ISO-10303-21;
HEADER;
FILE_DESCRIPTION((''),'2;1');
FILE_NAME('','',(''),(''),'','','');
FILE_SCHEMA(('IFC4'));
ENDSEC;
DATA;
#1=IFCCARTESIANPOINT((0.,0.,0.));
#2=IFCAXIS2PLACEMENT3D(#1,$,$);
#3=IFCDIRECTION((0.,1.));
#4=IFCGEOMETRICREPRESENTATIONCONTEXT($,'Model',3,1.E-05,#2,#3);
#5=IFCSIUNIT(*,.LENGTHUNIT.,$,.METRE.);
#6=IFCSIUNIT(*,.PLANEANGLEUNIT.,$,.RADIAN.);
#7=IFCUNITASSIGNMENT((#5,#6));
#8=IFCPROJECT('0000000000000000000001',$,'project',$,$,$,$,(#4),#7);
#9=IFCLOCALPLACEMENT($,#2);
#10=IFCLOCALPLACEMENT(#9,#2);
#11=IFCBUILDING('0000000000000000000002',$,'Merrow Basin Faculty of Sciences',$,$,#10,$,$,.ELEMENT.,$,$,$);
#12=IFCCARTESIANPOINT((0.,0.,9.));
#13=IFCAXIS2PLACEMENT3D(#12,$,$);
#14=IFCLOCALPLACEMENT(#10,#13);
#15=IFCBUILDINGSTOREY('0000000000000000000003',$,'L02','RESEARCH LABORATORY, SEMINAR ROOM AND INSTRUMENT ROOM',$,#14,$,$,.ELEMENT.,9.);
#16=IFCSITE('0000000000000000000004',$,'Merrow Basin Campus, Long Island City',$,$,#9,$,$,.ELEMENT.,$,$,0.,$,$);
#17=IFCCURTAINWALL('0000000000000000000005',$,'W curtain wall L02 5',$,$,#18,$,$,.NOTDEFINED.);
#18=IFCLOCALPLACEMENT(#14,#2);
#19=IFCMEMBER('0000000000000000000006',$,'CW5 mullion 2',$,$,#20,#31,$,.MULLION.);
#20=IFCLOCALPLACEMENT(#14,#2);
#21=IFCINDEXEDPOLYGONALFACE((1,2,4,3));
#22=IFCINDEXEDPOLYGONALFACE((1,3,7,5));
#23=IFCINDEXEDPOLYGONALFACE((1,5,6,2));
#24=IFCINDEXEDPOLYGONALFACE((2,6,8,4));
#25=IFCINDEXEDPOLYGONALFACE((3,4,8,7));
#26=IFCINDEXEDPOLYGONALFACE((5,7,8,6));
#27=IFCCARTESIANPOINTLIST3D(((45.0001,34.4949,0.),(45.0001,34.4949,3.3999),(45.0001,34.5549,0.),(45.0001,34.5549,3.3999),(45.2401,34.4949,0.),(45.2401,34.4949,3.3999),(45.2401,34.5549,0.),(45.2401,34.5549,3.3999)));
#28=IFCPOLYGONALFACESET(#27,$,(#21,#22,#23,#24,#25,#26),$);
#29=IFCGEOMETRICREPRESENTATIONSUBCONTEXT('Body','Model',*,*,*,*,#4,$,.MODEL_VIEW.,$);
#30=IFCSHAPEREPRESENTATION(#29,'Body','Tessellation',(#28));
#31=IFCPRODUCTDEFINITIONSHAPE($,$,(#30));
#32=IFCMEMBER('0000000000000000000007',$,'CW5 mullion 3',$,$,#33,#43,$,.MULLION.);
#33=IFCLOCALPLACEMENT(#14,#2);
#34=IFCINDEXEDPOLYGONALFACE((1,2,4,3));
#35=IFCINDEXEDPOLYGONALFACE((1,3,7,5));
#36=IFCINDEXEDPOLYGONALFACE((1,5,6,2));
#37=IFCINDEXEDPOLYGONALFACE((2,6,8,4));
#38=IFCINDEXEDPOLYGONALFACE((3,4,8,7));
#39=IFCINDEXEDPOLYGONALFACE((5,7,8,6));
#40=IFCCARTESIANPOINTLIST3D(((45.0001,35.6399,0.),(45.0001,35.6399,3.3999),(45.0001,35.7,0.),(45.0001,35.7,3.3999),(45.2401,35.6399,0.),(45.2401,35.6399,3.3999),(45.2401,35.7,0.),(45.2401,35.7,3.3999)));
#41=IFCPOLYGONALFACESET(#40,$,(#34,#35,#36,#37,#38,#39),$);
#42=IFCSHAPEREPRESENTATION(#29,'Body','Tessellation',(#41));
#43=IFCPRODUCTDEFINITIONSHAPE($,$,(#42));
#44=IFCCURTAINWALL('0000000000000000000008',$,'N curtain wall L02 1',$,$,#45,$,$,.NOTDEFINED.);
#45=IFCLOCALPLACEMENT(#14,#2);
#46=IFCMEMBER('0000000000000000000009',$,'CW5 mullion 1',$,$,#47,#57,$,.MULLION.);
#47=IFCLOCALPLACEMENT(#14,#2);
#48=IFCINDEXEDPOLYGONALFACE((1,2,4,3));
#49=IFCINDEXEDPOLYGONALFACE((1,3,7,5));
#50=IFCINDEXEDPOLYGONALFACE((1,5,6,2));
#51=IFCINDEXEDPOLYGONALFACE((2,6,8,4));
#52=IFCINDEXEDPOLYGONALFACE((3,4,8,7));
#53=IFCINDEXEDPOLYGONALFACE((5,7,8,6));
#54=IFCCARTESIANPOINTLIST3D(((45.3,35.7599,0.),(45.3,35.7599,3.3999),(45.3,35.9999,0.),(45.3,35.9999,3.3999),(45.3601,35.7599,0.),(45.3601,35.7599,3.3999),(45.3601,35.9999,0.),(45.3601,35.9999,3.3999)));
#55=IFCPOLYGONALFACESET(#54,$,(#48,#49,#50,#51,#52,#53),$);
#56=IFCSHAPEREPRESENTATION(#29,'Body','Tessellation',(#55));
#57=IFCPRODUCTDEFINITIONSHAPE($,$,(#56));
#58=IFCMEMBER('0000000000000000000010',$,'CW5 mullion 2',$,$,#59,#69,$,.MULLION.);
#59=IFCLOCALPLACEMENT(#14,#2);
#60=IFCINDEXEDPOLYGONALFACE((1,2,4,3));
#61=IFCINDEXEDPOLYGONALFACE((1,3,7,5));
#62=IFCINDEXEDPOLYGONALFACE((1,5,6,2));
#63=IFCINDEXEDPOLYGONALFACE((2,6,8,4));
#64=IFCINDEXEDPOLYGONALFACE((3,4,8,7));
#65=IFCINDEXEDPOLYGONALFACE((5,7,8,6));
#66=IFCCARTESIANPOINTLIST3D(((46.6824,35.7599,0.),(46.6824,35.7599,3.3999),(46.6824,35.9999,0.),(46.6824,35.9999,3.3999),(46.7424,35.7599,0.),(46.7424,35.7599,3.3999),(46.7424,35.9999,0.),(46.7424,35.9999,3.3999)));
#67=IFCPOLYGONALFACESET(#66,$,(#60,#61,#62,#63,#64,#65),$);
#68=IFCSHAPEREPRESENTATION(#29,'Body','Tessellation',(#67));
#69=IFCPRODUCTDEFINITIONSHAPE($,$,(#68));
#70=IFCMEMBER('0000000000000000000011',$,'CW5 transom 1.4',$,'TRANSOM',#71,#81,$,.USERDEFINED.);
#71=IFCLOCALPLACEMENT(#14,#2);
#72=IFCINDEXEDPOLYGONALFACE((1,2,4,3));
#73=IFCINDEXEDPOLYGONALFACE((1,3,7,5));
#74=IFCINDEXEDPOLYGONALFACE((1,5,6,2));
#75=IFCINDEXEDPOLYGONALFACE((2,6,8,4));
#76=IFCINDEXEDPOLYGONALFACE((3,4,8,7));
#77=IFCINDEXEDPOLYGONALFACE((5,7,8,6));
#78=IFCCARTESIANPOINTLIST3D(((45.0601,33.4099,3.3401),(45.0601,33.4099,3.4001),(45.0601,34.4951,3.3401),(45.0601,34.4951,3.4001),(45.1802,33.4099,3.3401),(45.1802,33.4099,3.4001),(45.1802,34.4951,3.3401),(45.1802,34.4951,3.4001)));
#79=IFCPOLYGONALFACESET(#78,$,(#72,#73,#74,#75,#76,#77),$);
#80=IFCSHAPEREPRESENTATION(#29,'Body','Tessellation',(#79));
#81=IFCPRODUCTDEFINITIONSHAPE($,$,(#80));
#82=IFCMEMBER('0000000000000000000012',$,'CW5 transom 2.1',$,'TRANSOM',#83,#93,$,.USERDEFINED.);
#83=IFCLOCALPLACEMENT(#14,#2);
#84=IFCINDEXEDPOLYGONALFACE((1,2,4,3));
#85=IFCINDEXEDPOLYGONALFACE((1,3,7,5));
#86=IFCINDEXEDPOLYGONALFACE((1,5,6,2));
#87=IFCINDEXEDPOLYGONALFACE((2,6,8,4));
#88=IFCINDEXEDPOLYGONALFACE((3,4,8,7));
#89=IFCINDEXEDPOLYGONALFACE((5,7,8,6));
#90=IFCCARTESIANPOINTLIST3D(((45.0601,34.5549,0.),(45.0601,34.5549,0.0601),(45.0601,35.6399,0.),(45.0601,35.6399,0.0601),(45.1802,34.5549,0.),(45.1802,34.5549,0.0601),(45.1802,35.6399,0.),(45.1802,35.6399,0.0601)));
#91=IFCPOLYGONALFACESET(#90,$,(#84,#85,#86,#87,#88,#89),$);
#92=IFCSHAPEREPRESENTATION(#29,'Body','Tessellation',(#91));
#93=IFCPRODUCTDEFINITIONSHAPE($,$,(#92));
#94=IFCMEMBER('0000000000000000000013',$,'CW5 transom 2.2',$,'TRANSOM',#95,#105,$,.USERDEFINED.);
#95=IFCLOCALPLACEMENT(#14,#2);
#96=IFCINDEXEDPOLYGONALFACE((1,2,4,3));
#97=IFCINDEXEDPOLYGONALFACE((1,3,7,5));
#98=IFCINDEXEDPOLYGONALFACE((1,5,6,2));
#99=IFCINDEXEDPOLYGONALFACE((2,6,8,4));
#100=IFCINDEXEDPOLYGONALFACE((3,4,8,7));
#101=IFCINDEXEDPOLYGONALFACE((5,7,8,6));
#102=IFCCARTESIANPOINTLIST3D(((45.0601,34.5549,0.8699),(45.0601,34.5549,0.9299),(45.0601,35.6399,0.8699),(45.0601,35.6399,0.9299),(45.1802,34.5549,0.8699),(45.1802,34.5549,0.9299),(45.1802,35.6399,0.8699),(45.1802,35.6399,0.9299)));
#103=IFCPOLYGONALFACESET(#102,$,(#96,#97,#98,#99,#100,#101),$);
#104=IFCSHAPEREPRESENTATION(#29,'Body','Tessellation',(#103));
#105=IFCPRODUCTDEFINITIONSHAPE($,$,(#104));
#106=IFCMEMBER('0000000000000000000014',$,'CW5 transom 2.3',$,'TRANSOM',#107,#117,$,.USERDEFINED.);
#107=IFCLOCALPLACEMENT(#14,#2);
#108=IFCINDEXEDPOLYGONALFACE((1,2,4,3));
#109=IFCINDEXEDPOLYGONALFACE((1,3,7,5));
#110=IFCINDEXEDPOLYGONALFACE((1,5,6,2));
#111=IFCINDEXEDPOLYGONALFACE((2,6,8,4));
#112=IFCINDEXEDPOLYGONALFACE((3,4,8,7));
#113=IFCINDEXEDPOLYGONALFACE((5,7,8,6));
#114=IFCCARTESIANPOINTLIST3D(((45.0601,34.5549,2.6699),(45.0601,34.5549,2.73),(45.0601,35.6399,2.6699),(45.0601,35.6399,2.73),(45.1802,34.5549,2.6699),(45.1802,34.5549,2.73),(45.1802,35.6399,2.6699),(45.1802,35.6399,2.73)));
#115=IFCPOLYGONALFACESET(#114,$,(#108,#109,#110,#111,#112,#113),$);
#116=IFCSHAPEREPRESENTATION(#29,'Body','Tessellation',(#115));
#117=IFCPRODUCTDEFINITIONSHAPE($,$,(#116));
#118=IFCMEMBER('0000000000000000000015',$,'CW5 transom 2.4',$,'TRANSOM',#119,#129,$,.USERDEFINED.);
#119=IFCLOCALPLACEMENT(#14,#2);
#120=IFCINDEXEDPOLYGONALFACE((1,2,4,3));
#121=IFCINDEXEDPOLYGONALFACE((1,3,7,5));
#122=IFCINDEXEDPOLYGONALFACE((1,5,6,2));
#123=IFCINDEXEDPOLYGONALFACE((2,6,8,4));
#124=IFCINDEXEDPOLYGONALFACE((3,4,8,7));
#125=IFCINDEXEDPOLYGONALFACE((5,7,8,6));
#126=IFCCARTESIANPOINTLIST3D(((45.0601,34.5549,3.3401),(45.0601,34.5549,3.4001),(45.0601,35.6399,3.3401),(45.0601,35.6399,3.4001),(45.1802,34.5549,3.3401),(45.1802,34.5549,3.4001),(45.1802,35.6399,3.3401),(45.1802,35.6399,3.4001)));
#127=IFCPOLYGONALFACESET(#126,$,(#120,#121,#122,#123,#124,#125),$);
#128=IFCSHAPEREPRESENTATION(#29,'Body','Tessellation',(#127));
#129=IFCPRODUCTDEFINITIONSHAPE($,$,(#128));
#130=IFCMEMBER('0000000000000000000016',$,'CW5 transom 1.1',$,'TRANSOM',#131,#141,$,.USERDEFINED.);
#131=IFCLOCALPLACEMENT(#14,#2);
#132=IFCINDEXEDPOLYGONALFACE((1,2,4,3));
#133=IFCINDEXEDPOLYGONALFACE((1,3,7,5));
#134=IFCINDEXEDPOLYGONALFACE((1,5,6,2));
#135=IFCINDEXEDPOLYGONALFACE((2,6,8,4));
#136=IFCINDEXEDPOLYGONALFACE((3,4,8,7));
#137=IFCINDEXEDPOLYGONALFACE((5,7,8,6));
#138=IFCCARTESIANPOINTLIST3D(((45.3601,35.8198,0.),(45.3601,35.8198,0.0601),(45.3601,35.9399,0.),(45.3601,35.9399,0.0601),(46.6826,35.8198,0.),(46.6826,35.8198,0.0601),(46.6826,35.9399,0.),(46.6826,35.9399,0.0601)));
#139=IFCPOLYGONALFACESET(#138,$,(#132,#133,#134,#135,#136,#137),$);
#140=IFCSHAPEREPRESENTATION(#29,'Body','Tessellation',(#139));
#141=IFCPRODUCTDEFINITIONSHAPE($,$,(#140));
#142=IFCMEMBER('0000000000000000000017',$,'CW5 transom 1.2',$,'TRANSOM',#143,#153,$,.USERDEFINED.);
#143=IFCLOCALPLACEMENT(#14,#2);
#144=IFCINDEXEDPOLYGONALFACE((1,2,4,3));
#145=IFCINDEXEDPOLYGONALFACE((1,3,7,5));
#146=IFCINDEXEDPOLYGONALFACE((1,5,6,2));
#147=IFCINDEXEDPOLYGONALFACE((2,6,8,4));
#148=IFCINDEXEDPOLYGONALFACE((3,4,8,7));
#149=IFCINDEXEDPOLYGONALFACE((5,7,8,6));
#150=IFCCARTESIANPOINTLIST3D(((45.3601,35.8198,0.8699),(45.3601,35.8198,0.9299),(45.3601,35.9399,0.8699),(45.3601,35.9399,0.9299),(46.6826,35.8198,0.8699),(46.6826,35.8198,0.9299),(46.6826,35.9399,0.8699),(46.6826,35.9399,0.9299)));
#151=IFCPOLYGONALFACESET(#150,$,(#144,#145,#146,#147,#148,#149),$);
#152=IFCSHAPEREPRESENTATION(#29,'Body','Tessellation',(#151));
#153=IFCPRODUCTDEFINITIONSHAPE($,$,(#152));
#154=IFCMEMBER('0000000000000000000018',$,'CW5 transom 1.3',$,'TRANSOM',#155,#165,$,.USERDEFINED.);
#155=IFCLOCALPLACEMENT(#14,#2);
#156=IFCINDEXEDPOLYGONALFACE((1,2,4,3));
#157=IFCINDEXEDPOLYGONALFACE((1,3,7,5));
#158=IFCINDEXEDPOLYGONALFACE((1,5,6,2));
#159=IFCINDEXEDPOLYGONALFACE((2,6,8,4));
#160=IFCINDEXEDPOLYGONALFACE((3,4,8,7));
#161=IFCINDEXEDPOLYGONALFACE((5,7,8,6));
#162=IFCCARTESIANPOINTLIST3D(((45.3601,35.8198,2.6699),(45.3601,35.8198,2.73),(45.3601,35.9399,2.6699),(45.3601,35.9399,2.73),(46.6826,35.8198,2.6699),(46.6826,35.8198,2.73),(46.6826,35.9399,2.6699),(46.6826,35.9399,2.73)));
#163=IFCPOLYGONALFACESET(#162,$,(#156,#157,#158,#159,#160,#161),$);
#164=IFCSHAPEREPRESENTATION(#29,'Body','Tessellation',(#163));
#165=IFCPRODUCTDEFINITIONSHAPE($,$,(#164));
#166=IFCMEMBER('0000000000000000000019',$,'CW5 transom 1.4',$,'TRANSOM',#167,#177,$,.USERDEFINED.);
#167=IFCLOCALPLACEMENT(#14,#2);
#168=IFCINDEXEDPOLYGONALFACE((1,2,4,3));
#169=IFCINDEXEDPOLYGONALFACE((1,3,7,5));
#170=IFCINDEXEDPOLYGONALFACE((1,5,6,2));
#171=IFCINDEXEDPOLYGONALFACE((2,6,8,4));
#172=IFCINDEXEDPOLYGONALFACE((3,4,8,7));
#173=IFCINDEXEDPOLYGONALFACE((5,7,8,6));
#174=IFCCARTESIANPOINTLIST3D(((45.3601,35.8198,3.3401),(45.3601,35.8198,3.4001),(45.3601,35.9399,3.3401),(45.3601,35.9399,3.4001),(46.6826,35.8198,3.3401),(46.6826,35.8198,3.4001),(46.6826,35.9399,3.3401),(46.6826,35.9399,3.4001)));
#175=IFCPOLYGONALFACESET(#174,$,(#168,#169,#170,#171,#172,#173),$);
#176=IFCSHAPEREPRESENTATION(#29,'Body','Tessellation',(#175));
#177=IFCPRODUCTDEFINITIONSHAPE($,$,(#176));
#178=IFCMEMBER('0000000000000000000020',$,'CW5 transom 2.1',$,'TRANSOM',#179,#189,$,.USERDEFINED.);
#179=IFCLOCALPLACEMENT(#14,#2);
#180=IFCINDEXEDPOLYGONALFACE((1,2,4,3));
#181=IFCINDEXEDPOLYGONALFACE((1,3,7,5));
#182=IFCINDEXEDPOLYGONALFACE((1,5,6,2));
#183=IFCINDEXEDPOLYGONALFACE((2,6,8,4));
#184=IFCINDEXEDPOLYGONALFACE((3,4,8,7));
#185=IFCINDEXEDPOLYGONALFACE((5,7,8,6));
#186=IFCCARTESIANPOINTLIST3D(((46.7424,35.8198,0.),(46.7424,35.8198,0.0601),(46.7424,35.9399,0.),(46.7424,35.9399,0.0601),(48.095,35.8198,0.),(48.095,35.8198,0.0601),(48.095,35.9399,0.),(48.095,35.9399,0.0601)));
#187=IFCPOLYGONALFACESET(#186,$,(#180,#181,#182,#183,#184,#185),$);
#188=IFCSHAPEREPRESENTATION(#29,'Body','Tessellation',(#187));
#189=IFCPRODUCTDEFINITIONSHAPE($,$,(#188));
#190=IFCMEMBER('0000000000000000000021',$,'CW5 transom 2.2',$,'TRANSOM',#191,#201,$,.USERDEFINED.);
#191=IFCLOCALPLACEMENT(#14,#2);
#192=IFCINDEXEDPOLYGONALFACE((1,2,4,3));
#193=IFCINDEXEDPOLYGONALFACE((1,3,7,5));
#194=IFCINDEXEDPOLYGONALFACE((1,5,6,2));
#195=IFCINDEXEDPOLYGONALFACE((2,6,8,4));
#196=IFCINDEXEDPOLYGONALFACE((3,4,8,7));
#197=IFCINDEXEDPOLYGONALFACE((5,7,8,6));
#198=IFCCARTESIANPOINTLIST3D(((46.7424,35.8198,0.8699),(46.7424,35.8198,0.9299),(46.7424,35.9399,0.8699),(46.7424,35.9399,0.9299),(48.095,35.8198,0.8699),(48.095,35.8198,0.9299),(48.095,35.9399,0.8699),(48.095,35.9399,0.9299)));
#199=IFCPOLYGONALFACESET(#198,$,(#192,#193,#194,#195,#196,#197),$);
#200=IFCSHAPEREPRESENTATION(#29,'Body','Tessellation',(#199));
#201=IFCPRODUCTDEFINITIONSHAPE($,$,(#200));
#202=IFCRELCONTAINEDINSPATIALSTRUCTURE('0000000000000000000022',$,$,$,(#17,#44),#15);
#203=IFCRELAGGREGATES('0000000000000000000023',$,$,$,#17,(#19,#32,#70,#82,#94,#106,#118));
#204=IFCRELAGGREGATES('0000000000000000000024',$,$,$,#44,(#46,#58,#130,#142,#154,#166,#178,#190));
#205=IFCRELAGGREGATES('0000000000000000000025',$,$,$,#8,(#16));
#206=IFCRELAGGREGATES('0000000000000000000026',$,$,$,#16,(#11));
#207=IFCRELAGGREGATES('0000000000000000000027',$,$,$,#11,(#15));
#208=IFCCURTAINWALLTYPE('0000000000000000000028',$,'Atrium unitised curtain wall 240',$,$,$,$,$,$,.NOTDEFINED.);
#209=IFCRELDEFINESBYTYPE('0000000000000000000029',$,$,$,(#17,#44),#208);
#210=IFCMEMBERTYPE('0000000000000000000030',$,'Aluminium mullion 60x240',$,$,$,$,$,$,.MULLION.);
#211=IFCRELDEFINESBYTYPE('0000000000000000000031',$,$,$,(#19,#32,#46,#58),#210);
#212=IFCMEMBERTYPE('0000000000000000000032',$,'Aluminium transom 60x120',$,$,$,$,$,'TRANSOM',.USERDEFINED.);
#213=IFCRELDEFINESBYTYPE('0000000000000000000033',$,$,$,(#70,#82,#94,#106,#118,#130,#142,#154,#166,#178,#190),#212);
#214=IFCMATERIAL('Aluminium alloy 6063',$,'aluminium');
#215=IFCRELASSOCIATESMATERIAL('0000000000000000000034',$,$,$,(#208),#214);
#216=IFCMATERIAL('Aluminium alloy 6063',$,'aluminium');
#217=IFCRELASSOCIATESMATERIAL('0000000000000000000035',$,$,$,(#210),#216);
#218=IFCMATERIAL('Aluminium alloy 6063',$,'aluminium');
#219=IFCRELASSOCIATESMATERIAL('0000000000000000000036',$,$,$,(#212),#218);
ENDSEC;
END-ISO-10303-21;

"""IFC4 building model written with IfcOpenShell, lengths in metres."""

from ifc_helpers import new_model, si_unit, direction, frame, origin, origin_2d, place, context, subcontext, project, spatial, rectangle, extrude, material, material_profile, profile_set, type_object, element, aggregate, save


model = new_model("IFC4")

# Units and contexts
model_context = context("Model", 3, precision=1e-05, world=origin(), true_north=direction((0.0, 1.0)))
body_context = subcontext(model_context, "Body", "Model", "MODEL_VIEW")
ifc_project = project(units=[si_unit("LENGTHUNIT", "METRE"), si_unit("PLANEANGLEUNIT", "RADIAN")], contexts=[model_context])

# Site, building, storey
site_placement = place(None, origin())
site = spatial("IfcSite", under=ifc_project, at=site_placement, Name="Merrow Basin Campus, Long Island City", CompositionType="ELEMENT", RefElevation=0.0)
building_placement = place(site_placement, origin())
building = spatial("IfcBuilding", under=site, at=building_placement, Name="Merrow Basin Faculty of Sciences", CompositionType="ELEMENT")
storey_placement = place(building_placement, frame((0.0, 0.0, 9.0)))
storey = spatial("IfcBuildingStorey", under=building, at=storey_placement, Name="L02", Description="RESEARCH LABORATORY, SEMINAR ROOM AND INSTRUMENT ROOM", CompositionType="ELEMENT", Elevation=9.0)

# Curtain walls, members
ifc_material_1 = material(Name="Aluminium alloy 6063", Category="aluminium")
curtain_wall_type = type_object("IfcCurtainWallType", Name="Atrium unitised curtain wall 240", PredefinedType="NOTDEFINED", material=ifc_material_1)
curtain_wall_1_placement = place(storey_placement, origin())
curtain_wall_1 = element("IfcCurtainWall", 1, at=curtain_wall_1_placement, inside=storey, type_object=curtain_wall_type, Name="W curtain wall L02 5", PredefinedType="NOTDEFINED")
ifc_material_2 = material(Name="Aluminium alloy 6063", Category="aluminium")
ifc_material_profile_1 = material_profile(ifc_material_2, rectangle(XDim=0.24, YDim=0.0601, at=origin_2d()))
ifc_profile_set_1 = profile_set([ifc_material_profile_1], Name="Aluminium alloy 6063")
member_type_1 = type_object("IfcMemberType", Name="Aluminium mullion 60x240", PredefinedType="MULLION", material=ifc_profile_set_1)
member_1_placement = place(storey_placement, frame((45.1201, 34.5249, 0.0), z_axis=(0.0, 0.0, 1.0), x_axis=(-1.0, 0.0, 0.0)))
member_1 = element("IfcMember", 2, at=member_1_placement, type_object=member_type_1, Name="CW5 mullion 2", PredefinedType="MULLION", context=body_context, shape_type="SweptSolid", body=[
    extrude(rectangle(XDim=0.24, YDim=0.0601, at=origin_2d()), origin(), (0.0, 0.0, 1.0), 3.3999),
])
member_2_placement = place(storey_placement, frame((45.1201, 35.6699, 0.0), z_axis=(0.0, 0.0, 1.0), x_axis=(-1.0, 0.0, 0.0)))
member_2 = element("IfcMember", 3, at=member_2_placement, type_object=member_type_1, Name="CW5 mullion 3", PredefinedType="MULLION", context=body_context, shape_type="SweptSolid", body=[
    extrude(rectangle(XDim=0.24, YDim=0.0601, at=origin_2d()), origin(), (0.0, 0.0, 1.0), 3.3999),
])
curtain_wall_2_placement = place(storey_placement, origin())
curtain_wall_2 = element("IfcCurtainWall", 4, at=curtain_wall_2_placement, inside=storey, type_object=curtain_wall_type, Name="N curtain wall L02 1", PredefinedType="NOTDEFINED")
member_3_placement = place(storey_placement, frame((45.3301, 35.8799, 0.0), z_axis=(0.0, 0.0, 1.0), x_axis=(0.0, 1.0, 0.0)))
member_3 = element("IfcMember", 5, at=member_3_placement, type_object=member_type_1, Name="CW5 mullion 1", PredefinedType="MULLION", context=body_context, shape_type="SweptSolid", body=[
    extrude(rectangle(XDim=0.24, YDim=0.0601, at=origin_2d()), origin(), (0.0, 0.0, 1.0), 3.3999),
])
member_4_placement = place(storey_placement, frame((46.7124, 35.8799, 0.0), z_axis=(0.0, 0.0, 1.0), x_axis=(0.0, 1.0, 0.0)))
member_4 = element("IfcMember", 6, at=member_4_placement, type_object=member_type_1, Name="CW5 mullion 2", PredefinedType="MULLION", context=body_context, shape_type="SweptSolid", body=[
    extrude(rectangle(XDim=0.24, YDim=0.0601, at=origin_2d()), origin(), (0.0, 0.0, 1.0), 3.3999),
])

# Members
ifc_material_3 = material(Name="Aluminium alloy 6063", Category="aluminium")
ifc_material_profile_2 = material_profile(ifc_material_3, rectangle(XDim=0.1201, YDim=0.0601, at=origin_2d()))
ifc_profile_set_2 = profile_set([ifc_material_profile_2], Name="Aluminium alloy 6063")
member_type_2 = type_object("IfcMemberType", Name="Aluminium transom 60x120", ElementType="TRANSOM", PredefinedType="USERDEFINED", material=ifc_profile_set_2)
member_5_placement = place(storey_placement, frame((45.1201, 33.4099, 3.3701), z_axis=(0.0, 1.0, 0.0), x_axis=(-1.0, 0.0, 0.0)))
member_5 = element("IfcMember", 7, at=member_5_placement, type_object=member_type_2, Name="CW5 transom 1.4", ObjectType="TRANSOM", PredefinedType="USERDEFINED", context=body_context, shape_type="SweptSolid", body=[
    extrude(rectangle(XDim=0.1201, YDim=0.0601, at=origin_2d()), origin(), (0.0, 0.0, 1.0), 1.0852),
])
member_6_placement = place(storey_placement, frame((45.1201, 34.5549, 0.03), z_axis=(0.0, 1.0, 0.0), x_axis=(-1.0, 0.0, 0.0)))
member_6 = element("IfcMember", 8, at=member_6_placement, type_object=member_type_2, Name="CW5 transom 2.1", ObjectType="TRANSOM", PredefinedType="USERDEFINED", context=body_context, shape_type="SweptSolid", body=[
    extrude(rectangle(XDim=0.1201, YDim=0.0601, at=origin_2d()), origin(), (0.0, 0.0, 1.0), 1.085),
])
member_7_placement = place(storey_placement, frame((45.1201, 34.5549, 0.8999), z_axis=(0.0, 1.0, 0.0), x_axis=(-1.0, 0.0, 0.0)))
member_7 = element("IfcMember", 9, at=member_7_placement, type_object=member_type_2, Name="CW5 transom 2.2", ObjectType="TRANSOM", PredefinedType="USERDEFINED", context=body_context, shape_type="SweptSolid", body=[
    extrude(rectangle(XDim=0.1201, YDim=0.0601, at=origin_2d()), origin(), (0.0, 0.0, 1.0), 1.085),
])
member_8_placement = place(storey_placement, frame((45.1201, 34.5549, 2.7), z_axis=(0.0, 1.0, 0.0), x_axis=(-1.0, 0.0, 0.0)))
member_8 = element("IfcMember", 10, at=member_8_placement, type_object=member_type_2, Name="CW5 transom 2.3", ObjectType="TRANSOM", PredefinedType="USERDEFINED", context=body_context, shape_type="SweptSolid", body=[
    extrude(rectangle(XDim=0.1201, YDim=0.0601, at=origin_2d()), origin(), (0.0, 0.0, 1.0), 1.085),
])
member_9_placement = place(storey_placement, frame((45.1201, 34.5549, 3.3701), z_axis=(0.0, 1.0, 0.0), x_axis=(-1.0, 0.0, 0.0)))
member_9 = element("IfcMember", 11, at=member_9_placement, type_object=member_type_2, Name="CW5 transom 2.4", ObjectType="TRANSOM", PredefinedType="USERDEFINED", context=body_context, shape_type="SweptSolid", body=[
    extrude(rectangle(XDim=0.1201, YDim=0.0601, at=origin_2d()), origin(), (0.0, 0.0, 1.0), 1.085),
])
member_10_placement = place(storey_placement, frame((45.3601, 35.8799, 0.03), z_axis=(1.0, 0.0, 0.0), x_axis=(0.0, 1.0, 0.0)))
member_10 = element("IfcMember", 12, at=member_10_placement, type_object=member_type_2, Name="CW5 transom 1.1", ObjectType="TRANSOM", PredefinedType="USERDEFINED", context=body_context, shape_type="SweptSolid", body=[
    extrude(rectangle(XDim=0.1201, YDim=0.0601, at=origin_2d()), origin(), (0.0, 0.0, 1.0), 1.3225),
])
member_11_placement = place(storey_placement, frame((45.3601, 35.8799, 0.8999), z_axis=(1.0, 0.0, 0.0), x_axis=(0.0, 1.0, 0.0)))
member_11 = element("IfcMember", 13, at=member_11_placement, type_object=member_type_2, Name="CW5 transom 1.2", ObjectType="TRANSOM", PredefinedType="USERDEFINED", context=body_context, shape_type="SweptSolid", body=[
    extrude(rectangle(XDim=0.1201, YDim=0.0601, at=origin_2d()), origin(), (0.0, 0.0, 1.0), 1.3225),
])
member_12_placement = place(storey_placement, frame((45.3601, 35.8799, 2.7), z_axis=(1.0, 0.0, 0.0), x_axis=(0.0, 1.0, 0.0)))
member_12 = element("IfcMember", 14, at=member_12_placement, type_object=member_type_2, Name="CW5 transom 1.3", ObjectType="TRANSOM", PredefinedType="USERDEFINED", context=body_context, shape_type="SweptSolid", body=[
    extrude(rectangle(XDim=0.1201, YDim=0.0601, at=origin_2d()), origin(), (0.0, 0.0, 1.0), 1.3225),
])
member_13_placement = place(storey_placement, frame((45.3601, 35.8799, 3.3701), z_axis=(1.0, 0.0, 0.0), x_axis=(0.0, 1.0, 0.0)))
member_13 = element("IfcMember", 15, at=member_13_placement, type_object=member_type_2, Name="CW5 transom 1.4", ObjectType="TRANSOM", PredefinedType="USERDEFINED", context=body_context, shape_type="SweptSolid", body=[
    extrude(rectangle(XDim=0.1201, YDim=0.0601, at=origin_2d()), origin(), (0.0, 0.0, 1.0), 1.3225),
])
member_14_placement = place(storey_placement, frame((46.7424, 35.8799, 0.03), z_axis=(1.0, 0.0, 0.0), x_axis=(0.0, 1.0, 0.0)))
member_14 = element("IfcMember", 16, at=member_14_placement, type_object=member_type_2, Name="CW5 transom 2.1", ObjectType="TRANSOM", PredefinedType="USERDEFINED", context=body_context, shape_type="SweptSolid", body=[
    extrude(rectangle(XDim=0.1201, YDim=0.0601, at=origin_2d()), origin(), (0.0, 0.0, 1.0), 1.3525),
])
member_15_placement = place(storey_placement, frame((46.7424, 35.8799, 0.8999), z_axis=(1.0, 0.0, 0.0), x_axis=(0.0, 1.0, 0.0)))
member_15 = element("IfcMember", 17, at=member_15_placement, type_object=member_type_2, Name="CW5 transom 2.2", ObjectType="TRANSOM", PredefinedType="USERDEFINED", context=body_context, shape_type="SweptSolid", body=[
    extrude(rectangle(XDim=0.1201, YDim=0.0601, at=origin_2d()), origin(), (0.0, 0.0, 1.0), 1.3525),
])

aggregate(curtain_wall_1, [member_1, member_2, member_5, member_6, member_7, member_8, member_9])
aggregate(curtain_wall_2, [member_3, member_4, member_10, member_11, member_12, member_13, member_14, member_15])

save(model, "model.ifc")
